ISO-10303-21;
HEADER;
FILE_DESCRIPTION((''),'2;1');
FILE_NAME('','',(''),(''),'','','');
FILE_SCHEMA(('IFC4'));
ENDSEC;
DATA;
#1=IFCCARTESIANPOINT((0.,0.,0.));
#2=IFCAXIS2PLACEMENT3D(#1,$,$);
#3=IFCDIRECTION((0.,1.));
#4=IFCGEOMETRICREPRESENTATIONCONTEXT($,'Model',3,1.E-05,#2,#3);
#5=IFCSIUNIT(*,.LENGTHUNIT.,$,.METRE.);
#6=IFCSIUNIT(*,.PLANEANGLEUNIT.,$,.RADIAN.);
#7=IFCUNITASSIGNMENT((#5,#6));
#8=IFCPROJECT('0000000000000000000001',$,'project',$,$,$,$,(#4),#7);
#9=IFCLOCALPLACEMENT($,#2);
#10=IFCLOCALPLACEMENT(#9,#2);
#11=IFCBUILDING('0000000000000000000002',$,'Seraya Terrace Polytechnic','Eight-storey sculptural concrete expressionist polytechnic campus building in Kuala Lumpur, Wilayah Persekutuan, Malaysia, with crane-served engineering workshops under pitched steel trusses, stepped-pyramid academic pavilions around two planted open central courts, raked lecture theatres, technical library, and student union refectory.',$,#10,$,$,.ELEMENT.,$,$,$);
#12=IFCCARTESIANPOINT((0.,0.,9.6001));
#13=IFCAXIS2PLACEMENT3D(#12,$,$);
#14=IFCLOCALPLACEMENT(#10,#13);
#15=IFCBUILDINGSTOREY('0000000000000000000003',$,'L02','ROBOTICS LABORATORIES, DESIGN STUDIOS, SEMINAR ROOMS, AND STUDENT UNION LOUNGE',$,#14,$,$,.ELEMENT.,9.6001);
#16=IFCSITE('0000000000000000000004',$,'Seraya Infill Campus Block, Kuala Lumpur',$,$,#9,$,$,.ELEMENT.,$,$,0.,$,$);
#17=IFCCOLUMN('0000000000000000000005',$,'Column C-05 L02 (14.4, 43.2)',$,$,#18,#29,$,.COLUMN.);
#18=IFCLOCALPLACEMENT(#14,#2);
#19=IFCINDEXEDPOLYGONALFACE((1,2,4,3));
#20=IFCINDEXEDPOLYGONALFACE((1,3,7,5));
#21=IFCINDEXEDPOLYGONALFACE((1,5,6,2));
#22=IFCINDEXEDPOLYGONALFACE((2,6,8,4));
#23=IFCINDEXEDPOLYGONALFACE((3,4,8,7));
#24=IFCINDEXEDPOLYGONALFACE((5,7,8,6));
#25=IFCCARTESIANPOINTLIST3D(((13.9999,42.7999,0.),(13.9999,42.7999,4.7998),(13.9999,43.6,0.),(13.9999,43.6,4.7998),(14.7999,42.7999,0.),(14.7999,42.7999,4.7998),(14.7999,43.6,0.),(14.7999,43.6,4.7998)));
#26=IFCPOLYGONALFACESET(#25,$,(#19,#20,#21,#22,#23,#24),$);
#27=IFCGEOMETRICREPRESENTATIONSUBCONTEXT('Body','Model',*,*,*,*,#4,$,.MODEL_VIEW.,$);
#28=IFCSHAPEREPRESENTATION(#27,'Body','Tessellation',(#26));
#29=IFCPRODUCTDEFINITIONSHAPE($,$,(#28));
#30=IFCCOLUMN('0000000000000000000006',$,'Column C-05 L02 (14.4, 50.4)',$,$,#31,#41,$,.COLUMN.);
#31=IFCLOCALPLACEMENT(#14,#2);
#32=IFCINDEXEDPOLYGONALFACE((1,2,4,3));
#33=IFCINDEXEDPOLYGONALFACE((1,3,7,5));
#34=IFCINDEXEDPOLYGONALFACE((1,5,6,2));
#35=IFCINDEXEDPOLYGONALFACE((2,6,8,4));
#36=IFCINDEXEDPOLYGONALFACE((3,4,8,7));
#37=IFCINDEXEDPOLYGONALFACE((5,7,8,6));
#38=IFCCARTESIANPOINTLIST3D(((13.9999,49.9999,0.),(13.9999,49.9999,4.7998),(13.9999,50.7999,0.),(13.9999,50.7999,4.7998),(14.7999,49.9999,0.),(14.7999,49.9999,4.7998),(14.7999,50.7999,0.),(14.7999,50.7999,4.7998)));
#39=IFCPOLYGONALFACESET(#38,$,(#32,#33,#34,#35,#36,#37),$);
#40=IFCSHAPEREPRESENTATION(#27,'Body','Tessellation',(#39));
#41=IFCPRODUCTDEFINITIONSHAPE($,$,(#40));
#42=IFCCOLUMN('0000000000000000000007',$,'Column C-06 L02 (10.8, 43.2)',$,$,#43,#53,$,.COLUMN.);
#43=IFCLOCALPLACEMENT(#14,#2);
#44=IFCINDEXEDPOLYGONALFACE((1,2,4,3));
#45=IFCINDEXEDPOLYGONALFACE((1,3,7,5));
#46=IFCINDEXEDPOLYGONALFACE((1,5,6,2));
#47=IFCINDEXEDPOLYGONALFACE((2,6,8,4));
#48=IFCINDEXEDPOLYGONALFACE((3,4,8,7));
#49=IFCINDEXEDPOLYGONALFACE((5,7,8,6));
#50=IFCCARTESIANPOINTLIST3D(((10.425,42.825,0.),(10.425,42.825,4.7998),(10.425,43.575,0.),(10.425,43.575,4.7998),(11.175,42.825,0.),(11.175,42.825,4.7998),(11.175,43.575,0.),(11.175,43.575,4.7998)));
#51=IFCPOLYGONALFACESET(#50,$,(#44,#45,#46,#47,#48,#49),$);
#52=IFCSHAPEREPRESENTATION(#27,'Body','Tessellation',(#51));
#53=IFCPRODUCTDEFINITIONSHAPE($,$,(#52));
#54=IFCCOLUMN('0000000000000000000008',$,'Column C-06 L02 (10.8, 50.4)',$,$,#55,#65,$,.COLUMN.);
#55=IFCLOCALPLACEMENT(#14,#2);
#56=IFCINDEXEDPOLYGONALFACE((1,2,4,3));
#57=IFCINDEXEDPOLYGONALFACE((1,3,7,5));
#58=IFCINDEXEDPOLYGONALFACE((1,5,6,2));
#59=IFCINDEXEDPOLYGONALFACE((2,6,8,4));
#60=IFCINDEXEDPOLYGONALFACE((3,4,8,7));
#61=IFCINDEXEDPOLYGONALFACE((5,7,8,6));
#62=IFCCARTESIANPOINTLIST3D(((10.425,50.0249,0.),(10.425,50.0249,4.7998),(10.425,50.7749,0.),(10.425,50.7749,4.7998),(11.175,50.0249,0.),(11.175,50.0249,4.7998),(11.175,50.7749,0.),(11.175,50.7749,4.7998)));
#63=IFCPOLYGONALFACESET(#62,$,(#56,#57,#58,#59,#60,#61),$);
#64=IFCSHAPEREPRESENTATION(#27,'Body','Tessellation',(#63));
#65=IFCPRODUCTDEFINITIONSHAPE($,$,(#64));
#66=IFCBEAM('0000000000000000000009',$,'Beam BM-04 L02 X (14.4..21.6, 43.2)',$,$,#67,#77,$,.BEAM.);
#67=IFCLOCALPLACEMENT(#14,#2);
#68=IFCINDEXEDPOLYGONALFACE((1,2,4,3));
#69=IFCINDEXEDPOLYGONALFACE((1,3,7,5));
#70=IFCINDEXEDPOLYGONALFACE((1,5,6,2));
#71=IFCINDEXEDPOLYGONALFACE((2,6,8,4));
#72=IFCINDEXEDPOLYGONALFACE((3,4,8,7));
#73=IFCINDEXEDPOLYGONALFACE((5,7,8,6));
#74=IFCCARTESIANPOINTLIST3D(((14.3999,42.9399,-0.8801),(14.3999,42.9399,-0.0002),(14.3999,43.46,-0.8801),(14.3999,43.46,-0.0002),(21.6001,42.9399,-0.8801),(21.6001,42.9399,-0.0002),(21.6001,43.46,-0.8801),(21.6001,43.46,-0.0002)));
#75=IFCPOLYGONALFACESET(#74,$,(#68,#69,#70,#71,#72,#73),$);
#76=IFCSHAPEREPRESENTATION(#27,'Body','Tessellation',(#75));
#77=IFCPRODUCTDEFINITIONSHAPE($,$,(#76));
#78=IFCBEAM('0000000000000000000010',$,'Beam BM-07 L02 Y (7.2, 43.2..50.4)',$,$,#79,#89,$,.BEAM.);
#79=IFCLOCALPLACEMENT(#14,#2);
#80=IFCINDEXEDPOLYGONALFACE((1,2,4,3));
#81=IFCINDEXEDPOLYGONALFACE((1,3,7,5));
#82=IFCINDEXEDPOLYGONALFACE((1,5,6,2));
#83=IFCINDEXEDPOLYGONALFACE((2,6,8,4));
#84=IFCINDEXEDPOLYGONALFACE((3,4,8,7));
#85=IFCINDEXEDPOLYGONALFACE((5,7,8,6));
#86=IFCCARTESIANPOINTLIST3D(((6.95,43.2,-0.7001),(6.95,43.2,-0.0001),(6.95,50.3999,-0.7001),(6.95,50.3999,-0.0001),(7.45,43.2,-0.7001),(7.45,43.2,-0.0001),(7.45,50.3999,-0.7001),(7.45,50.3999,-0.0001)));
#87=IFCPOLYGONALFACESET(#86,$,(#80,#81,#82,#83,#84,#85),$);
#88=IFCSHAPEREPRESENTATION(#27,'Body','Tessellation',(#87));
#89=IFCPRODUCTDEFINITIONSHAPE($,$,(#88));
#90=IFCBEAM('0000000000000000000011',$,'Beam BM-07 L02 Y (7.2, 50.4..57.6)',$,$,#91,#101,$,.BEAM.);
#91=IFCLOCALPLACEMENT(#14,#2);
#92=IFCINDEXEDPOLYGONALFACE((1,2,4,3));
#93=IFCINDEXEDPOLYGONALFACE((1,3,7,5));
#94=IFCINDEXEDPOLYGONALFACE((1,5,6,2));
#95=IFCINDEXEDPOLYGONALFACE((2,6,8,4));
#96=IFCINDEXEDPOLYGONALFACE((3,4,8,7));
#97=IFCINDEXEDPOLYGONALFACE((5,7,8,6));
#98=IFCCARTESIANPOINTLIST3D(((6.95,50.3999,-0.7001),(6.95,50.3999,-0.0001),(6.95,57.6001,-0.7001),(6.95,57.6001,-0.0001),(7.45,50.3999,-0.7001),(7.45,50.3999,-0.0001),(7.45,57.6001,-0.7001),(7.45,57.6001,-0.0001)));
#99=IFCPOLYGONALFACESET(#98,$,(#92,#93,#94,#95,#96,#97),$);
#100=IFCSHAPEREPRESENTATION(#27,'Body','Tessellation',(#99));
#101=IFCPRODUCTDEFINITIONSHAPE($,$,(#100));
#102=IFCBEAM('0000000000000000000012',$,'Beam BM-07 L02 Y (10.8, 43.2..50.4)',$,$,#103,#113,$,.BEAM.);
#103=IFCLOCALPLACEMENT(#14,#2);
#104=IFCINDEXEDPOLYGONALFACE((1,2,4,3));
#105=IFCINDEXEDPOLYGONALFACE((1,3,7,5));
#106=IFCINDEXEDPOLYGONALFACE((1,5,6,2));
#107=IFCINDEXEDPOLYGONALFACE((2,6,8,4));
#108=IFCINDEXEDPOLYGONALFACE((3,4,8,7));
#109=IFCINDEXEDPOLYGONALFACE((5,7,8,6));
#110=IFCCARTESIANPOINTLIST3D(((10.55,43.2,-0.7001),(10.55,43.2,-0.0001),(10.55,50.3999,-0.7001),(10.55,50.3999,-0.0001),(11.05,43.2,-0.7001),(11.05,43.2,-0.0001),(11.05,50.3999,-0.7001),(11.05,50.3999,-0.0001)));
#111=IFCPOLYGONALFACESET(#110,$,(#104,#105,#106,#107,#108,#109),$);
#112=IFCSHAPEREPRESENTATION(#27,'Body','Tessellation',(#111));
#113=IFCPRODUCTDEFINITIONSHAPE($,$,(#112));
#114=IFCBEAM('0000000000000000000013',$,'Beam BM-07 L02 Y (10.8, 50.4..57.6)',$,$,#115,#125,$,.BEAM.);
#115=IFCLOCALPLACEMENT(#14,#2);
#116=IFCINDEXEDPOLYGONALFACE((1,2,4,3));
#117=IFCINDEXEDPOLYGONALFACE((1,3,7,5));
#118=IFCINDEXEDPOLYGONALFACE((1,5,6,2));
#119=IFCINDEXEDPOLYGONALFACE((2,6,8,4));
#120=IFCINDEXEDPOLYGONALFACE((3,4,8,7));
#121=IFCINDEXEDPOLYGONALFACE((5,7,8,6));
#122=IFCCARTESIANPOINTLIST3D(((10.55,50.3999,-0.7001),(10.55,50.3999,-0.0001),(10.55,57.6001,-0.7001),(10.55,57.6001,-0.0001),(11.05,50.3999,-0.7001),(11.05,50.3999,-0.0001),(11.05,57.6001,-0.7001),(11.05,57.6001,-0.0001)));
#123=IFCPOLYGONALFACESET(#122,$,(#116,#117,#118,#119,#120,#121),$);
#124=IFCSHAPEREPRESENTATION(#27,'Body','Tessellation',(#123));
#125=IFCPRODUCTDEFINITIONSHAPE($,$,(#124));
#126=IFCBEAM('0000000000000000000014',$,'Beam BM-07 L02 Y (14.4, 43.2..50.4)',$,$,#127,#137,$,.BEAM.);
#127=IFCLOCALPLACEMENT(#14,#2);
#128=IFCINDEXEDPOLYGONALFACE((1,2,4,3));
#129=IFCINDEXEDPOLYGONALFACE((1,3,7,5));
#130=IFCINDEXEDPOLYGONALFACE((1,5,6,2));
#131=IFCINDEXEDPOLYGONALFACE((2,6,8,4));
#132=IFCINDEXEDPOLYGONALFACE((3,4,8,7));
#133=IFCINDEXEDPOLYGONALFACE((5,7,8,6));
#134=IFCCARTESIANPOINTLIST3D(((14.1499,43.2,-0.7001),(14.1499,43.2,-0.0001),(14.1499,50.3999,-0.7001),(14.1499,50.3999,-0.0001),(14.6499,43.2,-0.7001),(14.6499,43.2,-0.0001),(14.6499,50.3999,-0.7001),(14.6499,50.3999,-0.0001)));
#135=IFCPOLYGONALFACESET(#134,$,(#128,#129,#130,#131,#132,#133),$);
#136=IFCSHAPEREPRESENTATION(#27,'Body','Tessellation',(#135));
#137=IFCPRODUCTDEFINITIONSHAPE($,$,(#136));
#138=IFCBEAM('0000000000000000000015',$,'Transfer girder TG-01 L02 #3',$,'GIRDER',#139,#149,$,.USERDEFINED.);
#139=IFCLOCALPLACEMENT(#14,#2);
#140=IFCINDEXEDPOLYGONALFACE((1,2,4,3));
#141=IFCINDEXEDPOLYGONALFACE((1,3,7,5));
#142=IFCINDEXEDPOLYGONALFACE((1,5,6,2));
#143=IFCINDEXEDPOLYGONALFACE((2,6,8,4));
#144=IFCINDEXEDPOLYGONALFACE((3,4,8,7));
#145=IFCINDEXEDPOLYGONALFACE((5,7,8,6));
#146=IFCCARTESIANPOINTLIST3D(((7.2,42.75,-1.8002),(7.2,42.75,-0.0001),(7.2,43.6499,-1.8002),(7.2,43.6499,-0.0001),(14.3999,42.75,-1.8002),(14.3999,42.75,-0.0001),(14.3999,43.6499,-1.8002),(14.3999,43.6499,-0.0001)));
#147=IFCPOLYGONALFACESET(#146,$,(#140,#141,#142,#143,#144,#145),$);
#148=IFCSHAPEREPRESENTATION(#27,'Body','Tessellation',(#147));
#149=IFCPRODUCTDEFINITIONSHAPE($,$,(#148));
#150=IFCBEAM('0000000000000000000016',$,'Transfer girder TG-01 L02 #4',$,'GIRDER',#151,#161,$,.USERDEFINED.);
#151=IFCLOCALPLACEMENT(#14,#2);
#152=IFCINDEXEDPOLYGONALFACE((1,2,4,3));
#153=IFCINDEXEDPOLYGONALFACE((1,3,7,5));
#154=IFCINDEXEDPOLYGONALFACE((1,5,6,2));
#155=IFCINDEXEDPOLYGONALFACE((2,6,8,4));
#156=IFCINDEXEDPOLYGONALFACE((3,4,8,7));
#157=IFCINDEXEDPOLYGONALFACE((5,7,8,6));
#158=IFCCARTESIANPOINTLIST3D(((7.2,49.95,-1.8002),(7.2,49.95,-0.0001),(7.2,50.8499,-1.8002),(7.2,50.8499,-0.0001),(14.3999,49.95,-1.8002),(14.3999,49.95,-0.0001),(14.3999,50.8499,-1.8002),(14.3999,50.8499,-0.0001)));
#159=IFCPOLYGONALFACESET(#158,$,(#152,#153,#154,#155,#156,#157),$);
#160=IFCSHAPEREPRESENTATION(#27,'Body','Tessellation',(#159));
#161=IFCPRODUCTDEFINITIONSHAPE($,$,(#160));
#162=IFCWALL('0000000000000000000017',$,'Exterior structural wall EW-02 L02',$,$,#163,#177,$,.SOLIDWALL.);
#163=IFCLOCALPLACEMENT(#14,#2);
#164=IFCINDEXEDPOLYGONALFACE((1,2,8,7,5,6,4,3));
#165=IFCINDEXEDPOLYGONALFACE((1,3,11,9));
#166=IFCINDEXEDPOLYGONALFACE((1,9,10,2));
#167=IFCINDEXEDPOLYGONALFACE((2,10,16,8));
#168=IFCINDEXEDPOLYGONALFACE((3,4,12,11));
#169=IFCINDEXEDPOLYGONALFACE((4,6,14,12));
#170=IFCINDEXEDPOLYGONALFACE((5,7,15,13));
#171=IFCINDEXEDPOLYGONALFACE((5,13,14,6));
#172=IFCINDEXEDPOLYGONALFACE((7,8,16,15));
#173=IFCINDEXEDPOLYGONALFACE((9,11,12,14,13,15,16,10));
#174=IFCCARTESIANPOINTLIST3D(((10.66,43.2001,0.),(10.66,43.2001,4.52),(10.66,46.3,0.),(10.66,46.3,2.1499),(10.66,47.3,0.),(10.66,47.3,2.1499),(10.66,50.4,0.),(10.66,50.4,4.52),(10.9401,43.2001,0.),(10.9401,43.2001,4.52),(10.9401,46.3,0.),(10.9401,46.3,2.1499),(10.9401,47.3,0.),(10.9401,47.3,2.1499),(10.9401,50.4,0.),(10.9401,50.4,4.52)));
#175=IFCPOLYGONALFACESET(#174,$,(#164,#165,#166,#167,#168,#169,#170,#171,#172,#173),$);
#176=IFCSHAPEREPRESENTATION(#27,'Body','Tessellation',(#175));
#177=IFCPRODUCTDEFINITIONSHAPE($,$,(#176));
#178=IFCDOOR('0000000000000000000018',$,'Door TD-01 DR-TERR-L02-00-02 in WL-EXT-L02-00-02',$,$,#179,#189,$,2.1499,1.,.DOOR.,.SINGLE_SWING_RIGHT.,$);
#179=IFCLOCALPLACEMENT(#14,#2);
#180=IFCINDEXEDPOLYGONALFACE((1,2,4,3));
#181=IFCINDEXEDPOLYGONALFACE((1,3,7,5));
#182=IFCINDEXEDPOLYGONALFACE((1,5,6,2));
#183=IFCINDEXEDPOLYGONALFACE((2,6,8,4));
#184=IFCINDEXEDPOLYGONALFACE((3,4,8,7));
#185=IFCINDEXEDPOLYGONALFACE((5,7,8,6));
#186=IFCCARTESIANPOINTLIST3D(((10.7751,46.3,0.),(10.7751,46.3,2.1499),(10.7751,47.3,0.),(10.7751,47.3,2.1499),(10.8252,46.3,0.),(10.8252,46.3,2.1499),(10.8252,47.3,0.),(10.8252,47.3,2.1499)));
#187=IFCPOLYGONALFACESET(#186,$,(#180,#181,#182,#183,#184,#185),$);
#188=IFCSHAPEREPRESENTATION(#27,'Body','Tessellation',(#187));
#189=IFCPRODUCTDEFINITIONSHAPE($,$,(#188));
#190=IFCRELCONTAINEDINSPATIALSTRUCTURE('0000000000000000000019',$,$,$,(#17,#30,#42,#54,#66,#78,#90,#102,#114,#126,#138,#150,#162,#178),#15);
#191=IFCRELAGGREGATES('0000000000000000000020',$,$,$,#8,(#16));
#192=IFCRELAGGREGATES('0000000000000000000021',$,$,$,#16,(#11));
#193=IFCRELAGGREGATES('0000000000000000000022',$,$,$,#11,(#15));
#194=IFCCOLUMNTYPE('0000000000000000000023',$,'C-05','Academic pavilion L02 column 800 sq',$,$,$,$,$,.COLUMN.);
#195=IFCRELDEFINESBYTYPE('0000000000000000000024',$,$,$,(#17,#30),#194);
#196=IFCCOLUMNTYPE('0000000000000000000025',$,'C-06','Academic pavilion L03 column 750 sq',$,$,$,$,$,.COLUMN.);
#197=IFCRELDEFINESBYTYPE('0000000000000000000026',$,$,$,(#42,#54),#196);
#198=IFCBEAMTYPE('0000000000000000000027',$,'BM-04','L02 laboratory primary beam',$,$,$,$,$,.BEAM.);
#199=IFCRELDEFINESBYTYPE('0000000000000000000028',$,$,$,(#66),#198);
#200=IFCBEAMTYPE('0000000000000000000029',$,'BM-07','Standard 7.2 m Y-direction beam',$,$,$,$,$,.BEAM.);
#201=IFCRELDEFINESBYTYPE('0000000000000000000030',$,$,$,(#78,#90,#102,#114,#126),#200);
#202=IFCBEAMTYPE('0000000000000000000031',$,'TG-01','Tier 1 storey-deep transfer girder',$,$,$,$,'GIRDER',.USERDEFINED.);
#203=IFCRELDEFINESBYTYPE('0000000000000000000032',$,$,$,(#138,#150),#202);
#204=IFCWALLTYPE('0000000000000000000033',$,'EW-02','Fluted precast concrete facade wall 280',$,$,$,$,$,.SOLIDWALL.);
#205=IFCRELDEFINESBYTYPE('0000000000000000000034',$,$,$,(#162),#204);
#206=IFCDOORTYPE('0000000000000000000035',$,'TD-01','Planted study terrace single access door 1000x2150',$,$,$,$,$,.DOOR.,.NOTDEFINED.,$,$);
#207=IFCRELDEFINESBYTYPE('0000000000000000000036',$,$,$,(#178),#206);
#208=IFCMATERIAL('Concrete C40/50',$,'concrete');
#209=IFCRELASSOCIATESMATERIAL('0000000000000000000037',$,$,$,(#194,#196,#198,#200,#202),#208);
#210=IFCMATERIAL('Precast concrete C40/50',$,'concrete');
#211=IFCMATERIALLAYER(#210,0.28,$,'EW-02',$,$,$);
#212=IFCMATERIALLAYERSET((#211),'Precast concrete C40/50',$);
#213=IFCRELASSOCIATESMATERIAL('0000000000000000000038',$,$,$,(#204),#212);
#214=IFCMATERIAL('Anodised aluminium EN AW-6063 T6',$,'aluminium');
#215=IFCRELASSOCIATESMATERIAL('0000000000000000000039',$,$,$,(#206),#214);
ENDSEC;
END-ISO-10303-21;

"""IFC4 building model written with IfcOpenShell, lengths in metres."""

from ifc_helpers import new_model, si_unit, direction, frame, frame_2d, origin, origin_2d, place, context, subcontext, project, spatial, rectangle, extrude, material, layer, layer_set, material_profile, profile_set, type_object, element, fill, save


model = new_model("IFC4")

# Units and contexts
model_context = context("Model", 3, precision=1e-05, world=origin(), true_north=direction((0.0, 1.0)))
body_context = subcontext(model_context, "Body", "Model", "MODEL_VIEW")
ifc_project = project(units=[si_unit("LENGTHUNIT", "METRE"), si_unit("PLANEANGLEUNIT", "RADIAN")], contexts=[model_context])

# Site, building, storey
site_placement = place(None, origin())
site = spatial("IfcSite", under=ifc_project, at=site_placement, Name="Seraya Infill Campus Block, Kuala Lumpur", CompositionType="ELEMENT", RefElevation=0.0)
building_placement = place(site_placement, origin())
building = spatial("IfcBuilding", under=site, at=building_placement, Name="Seraya Terrace Polytechnic", Description="Eight-storey sculptural concrete expressionist polytechnic campus building in Kuala Lumpur, Wilayah Persekutuan, Malaysia, with crane-served engineering workshops under pitched steel trusses, stepped-pyramid academic pavilions around two planted open central courts, raked lecture theatres, technical library, and student union refectory.", CompositionType="ELEMENT")
storey_placement = place(building_placement, frame((0.0, 0.0, 9.6001)))
storey = spatial("IfcBuildingStorey", under=building, at=storey_placement, Name="L02", Description="ROBOTICS LABORATORIES, DESIGN STUDIOS, SEMINAR ROOMS, AND STUDENT UNION LOUNGE", CompositionType="ELEMENT", Elevation=9.6001)

# Columns
ifc_material_1 = material(Name="Concrete C40/50", Category="concrete")
ifc_material_profile_1 = material_profile(ifc_material_1, rectangle(XDim=0.8, YDim=0.8, at=origin_2d()), Name="RC 800x800")
ifc_profile_set_1 = profile_set([ifc_material_profile_1], Name="Concrete C40/50")
column_type_1 = type_object("IfcColumnType", Name="C-05", Description="Academic pavilion L02 column 800 sq", PredefinedType="COLUMN", material=ifc_profile_set_1)
for number, where, z_axis, x_axis, name in (
    (1, (14.3999, 43.2, 0.0), (0.0, 0.0, 1.0), (1.0, 0.0, 0.0), "Column C-05 L02 (14.4, 43.2)"),
    (2, (14.3999, 50.3999, 0.0), (0.0, 0.0, 1.0), (1.0, 0.0, 0.0), "Column C-05 L02 (14.4, 50.4)"),
):
    element("IfcColumn", number, at=place(storey_placement, frame(where, z_axis=z_axis, x_axis=x_axis)), inside=storey, type_object=column_type_1, Name=name, PredefinedType="COLUMN", context=body_context, shape_type="SweptSolid", body=[
        extrude(rectangle(XDim=0.8, YDim=0.8, at=origin_2d()), origin(), (0.0, 0.0, 1.0), 4.7998),
    ])
ifc_material_profile_2 = material_profile(ifc_material_1, rectangle(XDim=0.75, YDim=0.75, at=origin_2d()), Name="RC 750x750")
ifc_profile_set_2 = profile_set([ifc_material_profile_2], Name="Concrete C40/50")
column_type_2 = type_object("IfcColumnType", Name="C-06", Description="Academic pavilion L03 column 750 sq", PredefinedType="COLUMN", material=ifc_profile_set_2)
for number, where, z_axis, x_axis, name in (
    (3, (10.8, 43.2, 0.0), (0.0, 0.0, 1.0), (1.0, 0.0, 0.0), "Column C-06 L02 (10.8, 43.2)"),
    (4, (10.8, 50.3999, 0.0), (0.0, 0.0, 1.0), (1.0, 0.0, 0.0), "Column C-06 L02 (10.8, 50.4)"),
):
    element("IfcColumn", number, at=place(storey_placement, frame(where, z_axis=z_axis, x_axis=x_axis)), inside=storey, type_object=column_type_2, Name=name, PredefinedType="COLUMN", context=body_context, shape_type="SweptSolid", body=[
        extrude(rectangle(XDim=0.75, YDim=0.75, at=origin_2d()), origin(), (0.0, 0.0, 1.0), 4.7998),
    ])

# Beams
ifc_material_profile_3 = material_profile(ifc_material_1, rectangle(XDim=0.52, YDim=0.8799, at=origin_2d()), Name="RC 520x880")
ifc_profile_set_3 = profile_set([ifc_material_profile_3], Name="Concrete C40/50")
beam_type_1 = type_object("IfcBeamType", Name="BM-04", Description="L02 laboratory primary beam", PredefinedType="BEAM", material=ifc_profile_set_3)
beam_1_placement = place(storey_placement, frame((14.3999, 43.2, -0.4402), z_axis=(1.0, 0.0, 0.0), x_axis=(0.0, 1.0, 0.0)))
element("IfcBeam", 5, at=beam_1_placement, inside=storey, type_object=beam_type_1, Name="Beam BM-04 L02 X (14.4..21.6, 43.2)", PredefinedType="BEAM", context=body_context, shape_type="SweptSolid", body=[
    extrude(rectangle(XDim=0.52, YDim=0.8799, at=origin_2d()), origin(), (0.0, 0.0, 1.0), 7.2002),
])
ifc_material_profile_4 = material_profile(ifc_material_1, rectangle(XDim=0.5, YDim=0.7, at=origin_2d()), Name="RC 500x700")
ifc_profile_set_4 = profile_set([ifc_material_profile_4], Name="Concrete C40/50")
beam_type_2 = type_object("IfcBeamType", Name="BM-07", Description="Standard 7.2 m Y-direction beam", PredefinedType="BEAM", material=ifc_profile_set_4)
beam_2_placement = place(storey_placement, frame((7.2, 43.2, -0.3501), z_axis=(0.0, 1.0, 0.0), x_axis=(-1.0, 0.0, 0.0)))
element("IfcBeam", 6, at=beam_2_placement, inside=storey, type_object=beam_type_2, Name="Beam BM-07 L02 Y (7.2, 43.2..50.4)", PredefinedType="BEAM", context=body_context, shape_type="SweptSolid", body=[
    extrude(rectangle(XDim=0.5, YDim=0.7, at=origin_2d()), origin(), (0.0, 0.0, 1.0), 7.2),
])
beam_3_placement = place(storey_placement, frame((7.2, 50.3999, -0.3501), z_axis=(0.0, 1.0, 0.0), x_axis=(-1.0, 0.0, 0.0)))
element("IfcBeam", 7, at=beam_3_placement, inside=storey, type_object=beam_type_2, Name="Beam BM-07 L02 Y (7.2, 50.4..57.6)", PredefinedType="BEAM", context=body_context, shape_type="SweptSolid", body=[
    extrude(rectangle(XDim=0.5, YDim=0.7, at=origin_2d()), origin(), (0.0, 0.0, 1.0), 7.2002),
])
beam_4_placement = place(storey_placement, frame((10.8, 43.2, -0.3501), z_axis=(0.0, 1.0, 0.0), x_axis=(-1.0, 0.0, 0.0)))
element("IfcBeam", 8, at=beam_4_placement, inside=storey, type_object=beam_type_2, Name="Beam BM-07 L02 Y (10.8, 43.2..50.4)", PredefinedType="BEAM", context=body_context, shape_type="SweptSolid", body=[
    extrude(rectangle(XDim=0.5, YDim=0.7, at=origin_2d()), origin(), (0.0, 0.0, 1.0), 7.2),
])
beam_5_placement = place(storey_placement, frame((10.8, 50.3999, -0.3501), z_axis=(0.0, 1.0, 0.0), x_axis=(-1.0, 0.0, 0.0)))
element("IfcBeam", 9, at=beam_5_placement, inside=storey, type_object=beam_type_2, Name="Beam BM-07 L02 Y (10.8, 50.4..57.6)", PredefinedType="BEAM", context=body_context, shape_type="SweptSolid", body=[
    extrude(rectangle(XDim=0.5, YDim=0.7, at=origin_2d()), origin(), (0.0, 0.0, 1.0), 7.2002),
])
beam_6_placement = place(storey_placement, frame((14.3999, 43.2, -0.3501), z_axis=(0.0, 1.0, 0.0), x_axis=(-1.0, 0.0, 0.0)))
element("IfcBeam", 10, at=beam_6_placement, inside=storey, type_object=beam_type_2, Name="Beam BM-07 L02 Y (14.4, 43.2..50.4)", PredefinedType="BEAM", context=body_context, shape_type="SweptSolid", body=[
    extrude(rectangle(XDim=0.5, YDim=0.7, at=origin_2d()), origin(), (0.0, 0.0, 1.0), 7.2),
])
ifc_material_profile_5 = material_profile(ifc_material_1, rectangle(XDim=0.8999, YDim=1.8, at=origin_2d()), Name="RC 900x1800")
ifc_profile_set_5 = profile_set([ifc_material_profile_5], Name="Concrete C40/50")
beam_type_3 = type_object("IfcBeamType", Name="TG-01", Description="Tier 1 storey-deep transfer girder", ElementType="GIRDER", PredefinedType="USERDEFINED", material=ifc_profile_set_5)
for number, where, z_axis, x_axis, name in (
    (11, (7.2, 43.2, -0.9001), (1.0, 0.0, 0.0), (0.0, 1.0, 0.0), "Transfer girder TG-01 L02 #3"),
    (12, (7.2, 50.3999, -0.9001), (1.0, 0.0, 0.0), (0.0, 1.0, 0.0), "Transfer girder TG-01 L02 #4"),
):
    element("IfcBeam", number, at=place(storey_placement, frame(where, z_axis=z_axis, x_axis=x_axis)), inside=storey, type_object=beam_type_3, Name=name, ObjectType="GIRDER", PredefinedType="USERDEFINED", context=body_context, shape_type="SweptSolid", body=[
        extrude(rectangle(XDim=0.8999, YDim=1.8, at=origin_2d()), origin(), (0.0, 0.0, 1.0), 7.2),
    ])

# Wall, opening, door
ifc_material_2 = material(Name="Precast concrete C40/50", Category="concrete")
ifc_layer_1 = layer(ifc_material_2, 0.28, Name="EW-02")
ifc_layer_set_1 = layer_set([ifc_layer_1], Name="Precast concrete C40/50")
wall_type_1 = type_object("IfcWallType", Name="EW-02", Description="Fluted precast concrete facade wall 280", PredefinedType="SOLIDWALL", material=ifc_layer_set_1)
wall_1_placement = place(storey_placement, frame((10.8, 43.2, 0.0), z_axis=(0.0, 0.0, 1.0), x_axis=(0.0, 1.0, 0.0)))
wall_1 = element("IfcWall", 13, at=wall_1_placement, inside=storey, type_object=wall_type_1, Name="Exterior structural wall EW-02 L02", PredefinedType="SOLIDWALL", context=body_context, shape_type="SweptSolid", body=[
    extrude(rectangle(XDim=7.2, YDim=0.28, at=frame_2d((3.6001, 0.0))), origin(), (0.0, 0.0, 1.0), 4.52),
])
opening_1_placement = place(wall_1_placement, frame((3.1001, 0.0, 0.0)))
opening_1 = element("IfcOpeningElement", 14, at=opening_1_placement, cuts=wall_1, PredefinedType="OPENING", context=body_context, shape_type="SweptSolid", body=[
    extrude(rectangle(XDim=1.0, YDim=2.1499, at=frame_2d((0.5, 1.075))), frame((0.0, 0.1519, 0.0), z_axis=(0.0, -1.0, 0.0), x_axis=(1.0, 0.0, 0.0)), (0.0, 0.0, 1.0), 0.304),
])
ifc_material_3 = material(Name="Anodised aluminium EN AW-6063 T6", Category="aluminium")
door_type_1 = type_object("IfcDoorType", Name="TD-01", Description="Planted study terrace single access door 1000x2150", OperationType="NOTDEFINED", PredefinedType="DOOR", material=ifc_material_3)
door_1_placement = place(opening_1_placement, origin())
door_1 = element("IfcDoor", 15, at=door_1_placement, inside=storey, type_object=door_type_1, Name="Door TD-01 DR-TERR-L02-00-02 in WL-EXT-L02-00-02", OperationType="SINGLE_SWING_RIGHT", OverallHeight=2.1499, OverallWidth=1.0, PredefinedType="DOOR", context=body_context, shape_type="SweptSolid", body=[
    extrude(rectangle(XDim=1.0, YDim=2.1499, at=frame_2d((0.5, 1.075))), frame((0.0, 0.0249, 0.0), z_axis=(0.0, -1.0, 0.0), x_axis=(1.0, 0.0, 0.0)), (0.0, 0.0, 1.0), 0.05),
])
fill(opening_1, door_1)

save(model, "model.ifc")
